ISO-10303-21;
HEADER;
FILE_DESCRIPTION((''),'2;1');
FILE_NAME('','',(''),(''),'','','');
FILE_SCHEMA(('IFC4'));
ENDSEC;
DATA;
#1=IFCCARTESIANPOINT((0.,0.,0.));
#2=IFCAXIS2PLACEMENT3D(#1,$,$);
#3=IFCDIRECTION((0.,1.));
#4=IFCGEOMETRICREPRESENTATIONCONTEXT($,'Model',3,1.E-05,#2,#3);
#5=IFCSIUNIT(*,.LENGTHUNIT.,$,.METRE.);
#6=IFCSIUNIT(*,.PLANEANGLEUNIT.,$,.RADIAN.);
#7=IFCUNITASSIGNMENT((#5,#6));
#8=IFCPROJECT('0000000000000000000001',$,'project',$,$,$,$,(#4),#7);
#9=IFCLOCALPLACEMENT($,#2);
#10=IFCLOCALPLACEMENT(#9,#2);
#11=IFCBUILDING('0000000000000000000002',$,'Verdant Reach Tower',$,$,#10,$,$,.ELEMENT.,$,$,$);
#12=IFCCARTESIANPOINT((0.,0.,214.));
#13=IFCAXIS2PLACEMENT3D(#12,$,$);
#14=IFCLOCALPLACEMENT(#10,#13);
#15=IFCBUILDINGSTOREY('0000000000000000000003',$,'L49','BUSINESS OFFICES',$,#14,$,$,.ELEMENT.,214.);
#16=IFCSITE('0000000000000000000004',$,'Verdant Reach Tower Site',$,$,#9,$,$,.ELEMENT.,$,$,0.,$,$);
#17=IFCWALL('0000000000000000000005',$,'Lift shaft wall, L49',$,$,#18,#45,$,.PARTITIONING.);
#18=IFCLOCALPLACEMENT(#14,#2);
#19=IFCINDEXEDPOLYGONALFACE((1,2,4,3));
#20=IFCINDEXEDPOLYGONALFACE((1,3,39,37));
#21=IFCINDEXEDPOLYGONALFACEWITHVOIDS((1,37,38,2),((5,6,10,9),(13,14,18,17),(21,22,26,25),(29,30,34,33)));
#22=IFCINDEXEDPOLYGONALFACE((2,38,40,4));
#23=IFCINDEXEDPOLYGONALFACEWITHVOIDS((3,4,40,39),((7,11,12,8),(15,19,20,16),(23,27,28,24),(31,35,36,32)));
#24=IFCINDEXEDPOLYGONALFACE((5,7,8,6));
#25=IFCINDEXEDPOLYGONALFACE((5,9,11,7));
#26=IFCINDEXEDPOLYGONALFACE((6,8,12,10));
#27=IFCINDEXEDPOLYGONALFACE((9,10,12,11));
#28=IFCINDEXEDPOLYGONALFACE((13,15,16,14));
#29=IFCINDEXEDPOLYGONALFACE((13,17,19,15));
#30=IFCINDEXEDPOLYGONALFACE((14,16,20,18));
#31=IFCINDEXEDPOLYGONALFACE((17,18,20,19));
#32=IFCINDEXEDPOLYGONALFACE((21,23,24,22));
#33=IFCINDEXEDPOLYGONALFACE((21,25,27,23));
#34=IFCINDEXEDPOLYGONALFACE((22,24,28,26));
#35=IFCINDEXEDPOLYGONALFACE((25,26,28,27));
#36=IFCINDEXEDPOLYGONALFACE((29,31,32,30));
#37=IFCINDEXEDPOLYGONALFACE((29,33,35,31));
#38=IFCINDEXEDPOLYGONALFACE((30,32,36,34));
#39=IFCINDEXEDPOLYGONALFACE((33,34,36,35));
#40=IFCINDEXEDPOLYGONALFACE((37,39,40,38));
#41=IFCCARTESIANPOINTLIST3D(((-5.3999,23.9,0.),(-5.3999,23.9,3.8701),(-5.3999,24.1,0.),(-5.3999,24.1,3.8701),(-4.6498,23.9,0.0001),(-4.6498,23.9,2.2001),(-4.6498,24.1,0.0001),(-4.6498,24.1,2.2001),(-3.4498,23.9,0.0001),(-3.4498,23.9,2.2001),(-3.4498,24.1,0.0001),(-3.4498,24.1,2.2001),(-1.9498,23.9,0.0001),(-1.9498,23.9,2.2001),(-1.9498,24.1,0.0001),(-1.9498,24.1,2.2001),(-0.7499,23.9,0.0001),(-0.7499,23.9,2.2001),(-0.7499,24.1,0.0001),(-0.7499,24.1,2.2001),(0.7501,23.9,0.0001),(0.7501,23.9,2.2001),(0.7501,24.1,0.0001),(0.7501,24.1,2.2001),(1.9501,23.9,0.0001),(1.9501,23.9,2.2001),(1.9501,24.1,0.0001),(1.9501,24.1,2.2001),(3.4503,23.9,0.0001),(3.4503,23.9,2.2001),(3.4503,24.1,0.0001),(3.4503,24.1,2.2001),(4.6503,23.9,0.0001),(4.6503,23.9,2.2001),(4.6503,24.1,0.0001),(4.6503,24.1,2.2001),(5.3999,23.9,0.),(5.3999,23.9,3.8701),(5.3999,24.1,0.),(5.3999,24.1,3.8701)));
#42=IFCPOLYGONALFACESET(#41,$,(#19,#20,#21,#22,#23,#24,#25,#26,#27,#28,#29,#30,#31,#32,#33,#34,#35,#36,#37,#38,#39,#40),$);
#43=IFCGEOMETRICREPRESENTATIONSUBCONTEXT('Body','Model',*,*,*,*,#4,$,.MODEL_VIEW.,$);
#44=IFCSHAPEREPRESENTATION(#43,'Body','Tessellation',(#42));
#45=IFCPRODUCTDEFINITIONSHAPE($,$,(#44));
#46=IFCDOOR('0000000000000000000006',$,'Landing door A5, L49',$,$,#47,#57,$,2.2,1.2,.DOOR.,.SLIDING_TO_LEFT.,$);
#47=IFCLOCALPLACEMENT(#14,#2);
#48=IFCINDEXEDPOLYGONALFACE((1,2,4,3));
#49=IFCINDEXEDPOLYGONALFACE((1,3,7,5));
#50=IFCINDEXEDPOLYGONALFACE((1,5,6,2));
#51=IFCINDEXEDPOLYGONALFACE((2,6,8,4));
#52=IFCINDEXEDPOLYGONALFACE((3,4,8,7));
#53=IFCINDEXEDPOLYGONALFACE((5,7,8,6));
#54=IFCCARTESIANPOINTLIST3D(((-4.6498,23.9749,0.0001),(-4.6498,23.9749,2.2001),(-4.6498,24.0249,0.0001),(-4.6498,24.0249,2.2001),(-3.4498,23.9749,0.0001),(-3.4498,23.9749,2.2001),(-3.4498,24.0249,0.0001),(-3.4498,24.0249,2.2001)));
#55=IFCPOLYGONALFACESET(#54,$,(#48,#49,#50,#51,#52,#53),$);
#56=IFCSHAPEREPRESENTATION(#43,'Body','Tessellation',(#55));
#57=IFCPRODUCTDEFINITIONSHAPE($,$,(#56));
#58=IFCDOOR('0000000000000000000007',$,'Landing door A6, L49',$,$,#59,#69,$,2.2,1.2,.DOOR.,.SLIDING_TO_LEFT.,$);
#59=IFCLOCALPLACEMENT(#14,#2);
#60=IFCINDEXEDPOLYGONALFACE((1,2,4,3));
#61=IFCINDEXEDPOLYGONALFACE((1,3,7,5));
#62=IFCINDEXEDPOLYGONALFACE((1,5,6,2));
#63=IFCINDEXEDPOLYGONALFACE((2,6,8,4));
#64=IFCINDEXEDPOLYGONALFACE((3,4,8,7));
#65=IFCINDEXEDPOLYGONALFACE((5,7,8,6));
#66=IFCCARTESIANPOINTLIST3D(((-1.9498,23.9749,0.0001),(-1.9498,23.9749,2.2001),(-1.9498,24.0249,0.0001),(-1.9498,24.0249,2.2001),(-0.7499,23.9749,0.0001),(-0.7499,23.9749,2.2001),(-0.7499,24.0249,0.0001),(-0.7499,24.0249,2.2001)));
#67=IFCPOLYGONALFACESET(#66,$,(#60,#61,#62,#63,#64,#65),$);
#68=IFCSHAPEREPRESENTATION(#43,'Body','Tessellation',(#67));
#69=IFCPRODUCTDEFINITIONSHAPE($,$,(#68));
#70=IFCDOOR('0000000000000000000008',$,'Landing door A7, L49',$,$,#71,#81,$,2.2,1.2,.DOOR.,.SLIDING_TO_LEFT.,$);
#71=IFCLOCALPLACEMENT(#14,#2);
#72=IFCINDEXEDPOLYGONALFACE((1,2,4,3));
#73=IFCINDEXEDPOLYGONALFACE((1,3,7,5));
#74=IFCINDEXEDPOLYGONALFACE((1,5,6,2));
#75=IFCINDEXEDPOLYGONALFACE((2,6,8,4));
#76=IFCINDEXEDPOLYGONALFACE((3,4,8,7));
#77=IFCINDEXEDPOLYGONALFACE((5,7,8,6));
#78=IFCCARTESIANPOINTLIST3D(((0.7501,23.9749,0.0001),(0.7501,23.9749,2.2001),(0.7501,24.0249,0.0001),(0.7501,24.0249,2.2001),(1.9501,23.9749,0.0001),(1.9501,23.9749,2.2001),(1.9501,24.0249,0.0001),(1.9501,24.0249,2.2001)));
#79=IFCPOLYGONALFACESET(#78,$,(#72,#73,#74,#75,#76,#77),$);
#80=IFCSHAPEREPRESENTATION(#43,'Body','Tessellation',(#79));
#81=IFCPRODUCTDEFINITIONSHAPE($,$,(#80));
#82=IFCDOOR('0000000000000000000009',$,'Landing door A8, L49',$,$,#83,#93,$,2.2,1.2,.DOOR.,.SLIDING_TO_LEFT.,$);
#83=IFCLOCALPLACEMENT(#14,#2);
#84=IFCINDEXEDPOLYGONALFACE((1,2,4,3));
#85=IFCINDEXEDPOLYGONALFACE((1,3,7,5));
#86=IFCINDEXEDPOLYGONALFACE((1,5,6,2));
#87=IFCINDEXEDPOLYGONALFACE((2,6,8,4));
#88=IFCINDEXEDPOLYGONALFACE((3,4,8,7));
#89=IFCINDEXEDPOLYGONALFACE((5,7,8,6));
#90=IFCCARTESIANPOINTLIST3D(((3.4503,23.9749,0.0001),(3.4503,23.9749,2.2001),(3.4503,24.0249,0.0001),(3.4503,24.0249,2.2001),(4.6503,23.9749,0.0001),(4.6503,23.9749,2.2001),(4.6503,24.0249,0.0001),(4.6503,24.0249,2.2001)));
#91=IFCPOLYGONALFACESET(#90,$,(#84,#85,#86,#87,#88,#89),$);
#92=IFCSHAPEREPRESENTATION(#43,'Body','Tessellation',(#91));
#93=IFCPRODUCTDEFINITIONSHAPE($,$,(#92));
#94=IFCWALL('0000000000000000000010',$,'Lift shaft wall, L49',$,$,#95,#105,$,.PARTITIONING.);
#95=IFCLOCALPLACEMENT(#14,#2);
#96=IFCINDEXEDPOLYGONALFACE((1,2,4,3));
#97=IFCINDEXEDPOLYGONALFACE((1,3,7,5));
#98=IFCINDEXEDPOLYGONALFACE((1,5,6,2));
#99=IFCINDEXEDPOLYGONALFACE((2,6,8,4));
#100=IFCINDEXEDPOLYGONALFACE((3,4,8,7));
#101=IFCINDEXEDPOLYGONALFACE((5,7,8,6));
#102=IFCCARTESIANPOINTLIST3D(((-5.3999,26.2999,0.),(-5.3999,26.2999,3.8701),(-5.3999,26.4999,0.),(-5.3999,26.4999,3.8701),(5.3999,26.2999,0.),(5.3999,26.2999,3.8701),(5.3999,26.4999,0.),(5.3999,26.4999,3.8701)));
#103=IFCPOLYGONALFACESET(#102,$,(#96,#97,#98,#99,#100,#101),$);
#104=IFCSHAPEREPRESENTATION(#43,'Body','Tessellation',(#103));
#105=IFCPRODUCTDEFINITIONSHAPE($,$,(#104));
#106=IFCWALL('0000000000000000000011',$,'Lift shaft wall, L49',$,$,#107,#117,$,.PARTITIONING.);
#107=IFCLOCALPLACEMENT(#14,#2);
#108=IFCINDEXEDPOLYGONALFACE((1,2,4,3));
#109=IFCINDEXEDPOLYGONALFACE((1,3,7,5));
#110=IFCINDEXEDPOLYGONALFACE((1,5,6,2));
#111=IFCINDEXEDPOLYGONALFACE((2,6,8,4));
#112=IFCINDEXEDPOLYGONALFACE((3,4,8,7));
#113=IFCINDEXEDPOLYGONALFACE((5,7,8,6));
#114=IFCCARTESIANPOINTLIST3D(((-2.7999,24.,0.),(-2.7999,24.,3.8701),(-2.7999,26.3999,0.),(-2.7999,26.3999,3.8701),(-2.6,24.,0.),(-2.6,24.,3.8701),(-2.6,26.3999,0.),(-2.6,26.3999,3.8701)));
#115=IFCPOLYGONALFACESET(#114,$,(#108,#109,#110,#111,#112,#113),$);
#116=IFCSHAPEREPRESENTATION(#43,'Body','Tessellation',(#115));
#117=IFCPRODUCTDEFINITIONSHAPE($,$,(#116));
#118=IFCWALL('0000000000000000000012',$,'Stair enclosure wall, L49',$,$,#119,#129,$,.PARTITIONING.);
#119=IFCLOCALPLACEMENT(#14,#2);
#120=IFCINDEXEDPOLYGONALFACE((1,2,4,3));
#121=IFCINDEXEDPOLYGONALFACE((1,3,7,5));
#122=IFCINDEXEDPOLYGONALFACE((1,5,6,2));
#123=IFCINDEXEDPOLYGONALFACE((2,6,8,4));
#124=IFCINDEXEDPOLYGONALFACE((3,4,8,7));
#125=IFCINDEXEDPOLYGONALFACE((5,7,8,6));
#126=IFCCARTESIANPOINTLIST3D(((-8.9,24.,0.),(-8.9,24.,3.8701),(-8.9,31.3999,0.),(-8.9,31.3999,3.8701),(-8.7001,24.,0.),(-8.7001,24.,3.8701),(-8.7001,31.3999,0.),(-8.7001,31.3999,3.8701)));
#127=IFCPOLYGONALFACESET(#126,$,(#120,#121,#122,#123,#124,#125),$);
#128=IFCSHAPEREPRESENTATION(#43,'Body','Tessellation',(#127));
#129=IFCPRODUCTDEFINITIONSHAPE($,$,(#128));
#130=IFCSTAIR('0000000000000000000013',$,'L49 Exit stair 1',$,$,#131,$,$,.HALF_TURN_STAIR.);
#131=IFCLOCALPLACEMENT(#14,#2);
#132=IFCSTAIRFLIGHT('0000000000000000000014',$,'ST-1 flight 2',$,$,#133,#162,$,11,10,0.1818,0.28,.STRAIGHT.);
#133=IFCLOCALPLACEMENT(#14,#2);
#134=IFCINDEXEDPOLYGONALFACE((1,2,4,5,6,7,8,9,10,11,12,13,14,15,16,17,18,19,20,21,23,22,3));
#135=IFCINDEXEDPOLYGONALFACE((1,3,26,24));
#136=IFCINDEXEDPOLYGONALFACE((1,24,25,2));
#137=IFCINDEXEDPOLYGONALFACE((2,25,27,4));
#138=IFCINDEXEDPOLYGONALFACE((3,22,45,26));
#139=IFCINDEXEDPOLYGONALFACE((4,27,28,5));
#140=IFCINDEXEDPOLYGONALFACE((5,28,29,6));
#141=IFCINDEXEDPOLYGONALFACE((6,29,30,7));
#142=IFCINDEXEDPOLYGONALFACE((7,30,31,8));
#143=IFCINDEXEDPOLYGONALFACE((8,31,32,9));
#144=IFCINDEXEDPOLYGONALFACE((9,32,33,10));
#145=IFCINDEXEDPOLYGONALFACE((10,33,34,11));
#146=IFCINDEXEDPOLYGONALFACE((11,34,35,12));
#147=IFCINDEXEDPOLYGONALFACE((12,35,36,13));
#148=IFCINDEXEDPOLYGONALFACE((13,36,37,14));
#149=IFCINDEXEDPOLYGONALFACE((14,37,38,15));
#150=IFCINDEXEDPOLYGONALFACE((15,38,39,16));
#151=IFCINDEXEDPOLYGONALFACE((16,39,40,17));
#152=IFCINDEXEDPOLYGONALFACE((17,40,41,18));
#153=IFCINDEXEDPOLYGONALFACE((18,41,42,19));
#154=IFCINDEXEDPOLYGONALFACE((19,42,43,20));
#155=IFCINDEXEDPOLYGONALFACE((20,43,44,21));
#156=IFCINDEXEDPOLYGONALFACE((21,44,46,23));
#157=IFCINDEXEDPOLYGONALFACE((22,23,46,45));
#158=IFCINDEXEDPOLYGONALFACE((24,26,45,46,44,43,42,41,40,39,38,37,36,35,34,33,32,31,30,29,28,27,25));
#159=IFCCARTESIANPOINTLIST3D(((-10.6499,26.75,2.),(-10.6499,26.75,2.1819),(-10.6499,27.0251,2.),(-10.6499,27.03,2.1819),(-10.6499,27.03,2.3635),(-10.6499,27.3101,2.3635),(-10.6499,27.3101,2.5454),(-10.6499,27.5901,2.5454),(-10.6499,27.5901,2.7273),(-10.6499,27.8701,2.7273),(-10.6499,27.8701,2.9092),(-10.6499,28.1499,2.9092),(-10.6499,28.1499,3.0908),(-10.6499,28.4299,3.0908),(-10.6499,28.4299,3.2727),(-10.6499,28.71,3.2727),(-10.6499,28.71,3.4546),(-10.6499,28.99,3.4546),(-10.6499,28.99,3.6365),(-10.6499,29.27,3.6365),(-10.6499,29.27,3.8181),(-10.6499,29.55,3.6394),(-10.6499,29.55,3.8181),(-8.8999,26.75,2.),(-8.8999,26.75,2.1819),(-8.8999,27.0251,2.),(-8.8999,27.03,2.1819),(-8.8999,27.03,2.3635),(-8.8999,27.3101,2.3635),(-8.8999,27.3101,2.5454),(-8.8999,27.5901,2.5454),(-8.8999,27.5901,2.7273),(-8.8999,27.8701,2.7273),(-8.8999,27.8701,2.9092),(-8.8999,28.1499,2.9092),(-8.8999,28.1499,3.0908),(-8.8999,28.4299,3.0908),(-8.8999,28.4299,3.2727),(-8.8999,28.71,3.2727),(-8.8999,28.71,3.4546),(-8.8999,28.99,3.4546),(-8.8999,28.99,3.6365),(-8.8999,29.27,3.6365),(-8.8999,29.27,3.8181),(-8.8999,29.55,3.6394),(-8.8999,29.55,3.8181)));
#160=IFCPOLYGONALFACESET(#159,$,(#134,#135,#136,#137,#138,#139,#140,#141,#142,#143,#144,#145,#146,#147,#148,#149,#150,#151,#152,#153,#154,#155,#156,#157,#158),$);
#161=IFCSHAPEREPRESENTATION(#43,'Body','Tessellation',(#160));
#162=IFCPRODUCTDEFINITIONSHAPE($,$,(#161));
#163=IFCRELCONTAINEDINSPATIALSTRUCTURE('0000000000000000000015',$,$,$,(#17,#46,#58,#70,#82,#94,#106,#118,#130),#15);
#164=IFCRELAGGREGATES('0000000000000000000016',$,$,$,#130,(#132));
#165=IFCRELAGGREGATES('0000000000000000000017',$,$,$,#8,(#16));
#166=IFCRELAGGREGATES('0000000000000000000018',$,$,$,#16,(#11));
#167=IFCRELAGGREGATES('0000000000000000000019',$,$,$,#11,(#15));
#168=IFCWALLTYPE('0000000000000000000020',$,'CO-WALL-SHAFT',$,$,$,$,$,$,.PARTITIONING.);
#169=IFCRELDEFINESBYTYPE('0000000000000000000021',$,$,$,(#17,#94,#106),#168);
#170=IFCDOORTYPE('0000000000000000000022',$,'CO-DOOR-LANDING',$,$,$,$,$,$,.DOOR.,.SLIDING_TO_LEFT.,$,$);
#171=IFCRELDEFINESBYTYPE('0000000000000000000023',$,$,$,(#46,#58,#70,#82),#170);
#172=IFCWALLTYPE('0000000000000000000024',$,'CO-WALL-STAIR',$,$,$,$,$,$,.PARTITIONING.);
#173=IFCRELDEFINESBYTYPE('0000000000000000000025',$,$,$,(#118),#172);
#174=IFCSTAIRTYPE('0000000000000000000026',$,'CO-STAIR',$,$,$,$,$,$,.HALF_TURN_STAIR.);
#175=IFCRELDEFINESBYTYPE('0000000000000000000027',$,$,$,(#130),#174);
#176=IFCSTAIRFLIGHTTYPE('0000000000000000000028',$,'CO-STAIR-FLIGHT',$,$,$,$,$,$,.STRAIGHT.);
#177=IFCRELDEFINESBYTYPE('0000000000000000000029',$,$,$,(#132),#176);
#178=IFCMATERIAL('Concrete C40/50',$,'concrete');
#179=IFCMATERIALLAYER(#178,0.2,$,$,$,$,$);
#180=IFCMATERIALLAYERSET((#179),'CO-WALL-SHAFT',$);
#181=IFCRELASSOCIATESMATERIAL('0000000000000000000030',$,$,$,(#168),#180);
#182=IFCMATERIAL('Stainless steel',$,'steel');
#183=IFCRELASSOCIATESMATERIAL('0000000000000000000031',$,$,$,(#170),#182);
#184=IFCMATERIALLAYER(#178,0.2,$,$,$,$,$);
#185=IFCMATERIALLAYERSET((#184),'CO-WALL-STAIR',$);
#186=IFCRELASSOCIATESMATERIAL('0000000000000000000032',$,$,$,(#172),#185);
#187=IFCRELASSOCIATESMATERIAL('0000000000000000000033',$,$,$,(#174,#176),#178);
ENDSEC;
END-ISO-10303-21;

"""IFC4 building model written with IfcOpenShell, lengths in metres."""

from ifc_helpers import new_model, si_unit, direction, frame, frame_2d, origin, place, context, subcontext, project, spatial, polyline, rectangle, outline, extrude, material, layer, layer_set, type_object, element, fill, aggregate, save


model = new_model("IFC4")

# Units and contexts
model_context = context("Model", 3, precision=1e-05, world=origin(), true_north=direction((0.0, 1.0)))
body_context = subcontext(model_context, "Body", "Model", "MODEL_VIEW")
ifc_project = project(units=[si_unit("LENGTHUNIT", "METRE"), si_unit("PLANEANGLEUNIT", "RADIAN")], contexts=[model_context])

# Site, building, storey
site_placement = place(None, origin())
site = spatial("IfcSite", under=ifc_project, at=site_placement, Name="Verdant Reach Tower Site", CompositionType="ELEMENT", RefElevation=0.0)
building_placement = place(site_placement, origin())
building = spatial("IfcBuilding", under=site, at=building_placement, Name="Verdant Reach Tower", CompositionType="ELEMENT")
storey_placement = place(building_placement, frame((0.0, 0.0, 214.0)))
storey = spatial("IfcBuildingStorey", under=building, at=storey_placement, Name="L49", Description="BUSINESS OFFICES", CompositionType="ELEMENT", Elevation=214.0)

# Wall, openings, doors
ifc_material_1 = material(Name="Concrete C40/50", Category="concrete")
ifc_layer_1 = layer(ifc_material_1, 0.2)
ifc_layer_set_1 = layer_set([ifc_layer_1], Name="CO-WALL-SHAFT")
wall_type_1 = type_object("IfcWallType", Name="CO-WALL-SHAFT", PredefinedType="PARTITIONING", material=ifc_layer_set_1)
ifc_material_2 = material(Name="Stainless steel", Category="steel")
door_type = type_object("IfcDoorType", Name="CO-DOOR-LANDING", OperationType="SLIDING_TO_LEFT", PredefinedType="DOOR", material=ifc_material_2)
wall_1_placement = place(storey_placement, frame((-5.3999, 24.0, 0.0), z_axis=(0.0, 0.0, 1.0), x_axis=(1.0, 0.0, 0.0)))
wall_1 = element("IfcWall", 1, at=wall_1_placement, inside=storey, type_object=wall_type_1, Name="Lift shaft wall, L49", PredefinedType="PARTITIONING", context=body_context, shape_type="SweptSolid", body=[
    extrude(rectangle(XDim=10.7998, YDim=0.2, at=frame_2d((5.3999, 0.0))), origin(), (0.0, 0.0, 1.0), 3.8701),
])
opening_1_placement = place(wall_1_placement, frame((0.75, 0.0, 0.0)))
opening_1 = element("IfcOpeningElement", 2, at=opening_1_placement, cuts=wall_1, PredefinedType="OPENING", context=body_context, shape_type="SweptSolid", body=[
    extrude(rectangle(XDim=1.2, YDim=2.2, at=frame_2d((0.6001, 1.1001))), frame((0.0, 0.1099, 0.0), z_axis=(0.0, -1.0, 0.0), x_axis=(1.0, 0.0, 0.0)), (0.0, 0.0, 1.0), 0.22),
])
opening_2_placement = place(wall_1_placement, frame((3.45, 0.0, 0.0)))
opening_2 = element("IfcOpeningElement", 3, at=opening_2_placement, cuts=wall_1, PredefinedType="OPENING", context=body_context, shape_type="SweptSolid", body=[
    extrude(rectangle(XDim=1.2, YDim=2.2, at=frame_2d((0.6001, 1.1001))), frame((0.0, 0.1099, 0.0), z_axis=(0.0, -1.0, 0.0), x_axis=(1.0, 0.0, 0.0)), (0.0, 0.0, 1.0), 0.22),
])
opening_3_placement = place(wall_1_placement, frame((6.1499, 0.0, 0.0)))
opening_3 = element("IfcOpeningElement", 4, at=opening_3_placement, cuts=wall_1, PredefinedType="OPENING", context=body_context, shape_type="SweptSolid", body=[
    extrude(rectangle(XDim=1.2, YDim=2.2, at=frame_2d((0.6001, 1.1001))), frame((0.0, 0.1099, 0.0), z_axis=(0.0, -1.0, 0.0), x_axis=(1.0, 0.0, 0.0)), (0.0, 0.0, 1.0), 0.22),
])
opening_4_placement = place(wall_1_placement, frame((8.8501, 0.0, 0.0)))
opening_4 = element("IfcOpeningElement", 5, at=opening_4_placement, cuts=wall_1, PredefinedType="OPENING", context=body_context, shape_type="SweptSolid", body=[
    extrude(rectangle(XDim=1.2, YDim=2.2, at=frame_2d((0.6001, 1.1001))), frame((0.0, 0.1099, 0.0), z_axis=(0.0, -1.0, 0.0), x_axis=(1.0, 0.0, 0.0)), (0.0, 0.0, 1.0), 0.22),
])
door_1_placement = place(opening_1_placement, origin())
door_1 = element("IfcDoor", 6, at=door_1_placement, inside=storey, type_object=door_type, Name="Landing door A5, L49", OperationType="SLIDING_TO_LEFT", OverallHeight=2.2, OverallWidth=1.2, PredefinedType="DOOR", context=body_context, shape_type="SweptSolid", body=[
    extrude(rectangle(XDim=1.2, YDim=2.2, at=frame_2d((0.6001, 1.1001))), frame((0.0, 0.0249, 0.0), z_axis=(0.0, -1.0, 0.0), x_axis=(1.0, 0.0, 0.0)), (0.0, 0.0, 1.0), 0.05),
])
fill(opening_1, door_1)
door_2_placement = place(opening_2_placement, origin())
door_2 = element("IfcDoor", 7, at=door_2_placement, inside=storey, type_object=door_type, Name="Landing door A6, L49", OperationType="SLIDING_TO_LEFT", OverallHeight=2.2, OverallWidth=1.2, PredefinedType="DOOR", context=body_context, shape_type="SweptSolid", body=[
    extrude(rectangle(XDim=1.2, YDim=2.2, at=frame_2d((0.6001, 1.1001))), frame((0.0, 0.0249, 0.0), z_axis=(0.0, -1.0, 0.0), x_axis=(1.0, 0.0, 0.0)), (0.0, 0.0, 1.0), 0.05),
])
fill(opening_2, door_2)
door_3_placement = place(opening_3_placement, origin())
door_3 = element("IfcDoor", 8, at=door_3_placement, inside=storey, type_object=door_type, Name="Landing door A7, L49", OperationType="SLIDING_TO_LEFT", OverallHeight=2.2, OverallWidth=1.2, PredefinedType="DOOR", context=body_context, shape_type="SweptSolid", body=[
    extrude(rectangle(XDim=1.2, YDim=2.2, at=frame_2d((0.6001, 1.1001))), frame((0.0, 0.0249, 0.0), z_axis=(0.0, -1.0, 0.0), x_axis=(1.0, 0.0, 0.0)), (0.0, 0.0, 1.0), 0.05),
])
fill(opening_3, door_3)
door_4_placement = place(opening_4_placement, origin())
door_4 = element("IfcDoor", 9, at=door_4_placement, inside=storey, type_object=door_type, Name="Landing door A8, L49", OperationType="SLIDING_TO_LEFT", OverallHeight=2.2, OverallWidth=1.2, PredefinedType="DOOR", context=body_context, shape_type="SweptSolid", body=[
    extrude(rectangle(XDim=1.2, YDim=2.2, at=frame_2d((0.6001, 1.1001))), frame((0.0, 0.0249, 0.0), z_axis=(0.0, -1.0, 0.0), x_axis=(1.0, 0.0, 0.0)), (0.0, 0.0, 1.0), 0.05),
])
fill(opening_4, door_4)

# Walls
wall_2_placement = place(storey_placement, frame((-5.3999, 26.3999, 0.0), z_axis=(0.0, 0.0, 1.0), x_axis=(1.0, 0.0, 0.0)))
element("IfcWall", 10, at=wall_2_placement, inside=storey, type_object=wall_type_1, Name="Lift shaft wall, L49", PredefinedType="PARTITIONING", context=body_context, shape_type="SweptSolid", body=[
    extrude(rectangle(XDim=10.7998, YDim=0.2, at=frame_2d((5.3999, 0.0))), origin(), (0.0, 0.0, 1.0), 3.8701),
])
wall_3_placement = place(storey_placement, frame((-2.7, 24.0, 0.0), z_axis=(0.0, 0.0, 1.0), x_axis=(0.0, 1.0, 0.0)))
element("IfcWall", 11, at=wall_3_placement, inside=storey, type_object=wall_type_1, Name="Lift shaft wall, L49", PredefinedType="PARTITIONING", context=body_context, shape_type="SweptSolid", body=[
    extrude(rectangle(XDim=2.3999, YDim=0.2, at=frame_2d((1.2, 0.0))), origin(), (0.0, 0.0, 1.0), 3.8701),
])
ifc_layer_2 = layer(ifc_material_1, 0.2)
ifc_layer_set_2 = layer_set([ifc_layer_2], Name="CO-WALL-STAIR")
wall_type_2 = type_object("IfcWallType", Name="CO-WALL-STAIR", PredefinedType="PARTITIONING", material=ifc_layer_set_2)
wall_4_placement = place(storey_placement, frame((-8.8, 24.0, 0.0), z_axis=(0.0, 0.0, 1.0), x_axis=(0.0, 1.0, 0.0)))
element("IfcWall", 12, at=wall_4_placement, inside=storey, type_object=wall_type_2, Name="Stair enclosure wall, L49", PredefinedType="PARTITIONING", context=body_context, shape_type="SweptSolid", body=[
    extrude(rectangle(XDim=7.3999, YDim=0.2, at=frame_2d((3.7, 0.0))), origin(), (0.0, 0.0, 1.0), 3.8701),
])

# Stair, stair flight
stair_type = type_object("IfcStairType", Name="CO-STAIR", PredefinedType="HALF_TURN_STAIR", material=ifc_material_1)
stair_placement = place(storey_placement, origin())
stair = element("IfcStair", 13, at=stair_placement, inside=storey, type_object=stair_type, Name="L49 Exit stair 1", PredefinedType="HALF_TURN_STAIR")
stair_flight_type = type_object("IfcStairFlightType", Name="CO-STAIR-FLIGHT", PredefinedType="STRAIGHT", material=ifc_material_1)
stair_flight_placement = place(storey_placement, frame((-9.7749, 26.75, 2.0), z_axis=(0.0, 0.0, 1.0), x_axis=(0.0, 1.0, 0.0)))
stair_flight = element("IfcStairFlight", 14, at=stair_flight_placement, type_object=stair_flight_type, Name="ST-1 flight 2", NumberOfRisers=11, NumberOfTreads=10, PredefinedType="STRAIGHT", RiserHeight=0.1818, TreadLength=0.28, context=body_context, shape_type="SweptSolid", body=[
    extrude(outline(polyline([(0.0, 0.0), (0.0, 0.1819), (0.28, 0.1819), (0.28, 0.3635), (0.5601, 0.3635), (0.5601, 0.5454), (0.8401, 0.5454), (0.8401, 0.7273), (1.1201, 0.7273), (1.1201, 0.9092), (1.3999, 0.9092), (1.3999, 1.0908), (1.6799, 1.0908), (1.6799, 1.2727), (1.96, 1.2727), (1.96, 1.4546), (2.24, 1.4546), (2.24, 1.6365), (2.52, 1.6365), (2.52, 1.8181), (2.8, 1.8181), (2.8, 2.0), (2.8, 1.6394), (0.2751, 0.0), (0.0, 0.0)])), frame((0.0, 0.875, 0.0), z_axis=(0.0, -1.0, 0.0), x_axis=(1.0, 0.0, 0.0)), (0.0, 0.0, 1.0), 1.75),
])
aggregate(stair, [stair_flight])

save(model, "model.ifc")
